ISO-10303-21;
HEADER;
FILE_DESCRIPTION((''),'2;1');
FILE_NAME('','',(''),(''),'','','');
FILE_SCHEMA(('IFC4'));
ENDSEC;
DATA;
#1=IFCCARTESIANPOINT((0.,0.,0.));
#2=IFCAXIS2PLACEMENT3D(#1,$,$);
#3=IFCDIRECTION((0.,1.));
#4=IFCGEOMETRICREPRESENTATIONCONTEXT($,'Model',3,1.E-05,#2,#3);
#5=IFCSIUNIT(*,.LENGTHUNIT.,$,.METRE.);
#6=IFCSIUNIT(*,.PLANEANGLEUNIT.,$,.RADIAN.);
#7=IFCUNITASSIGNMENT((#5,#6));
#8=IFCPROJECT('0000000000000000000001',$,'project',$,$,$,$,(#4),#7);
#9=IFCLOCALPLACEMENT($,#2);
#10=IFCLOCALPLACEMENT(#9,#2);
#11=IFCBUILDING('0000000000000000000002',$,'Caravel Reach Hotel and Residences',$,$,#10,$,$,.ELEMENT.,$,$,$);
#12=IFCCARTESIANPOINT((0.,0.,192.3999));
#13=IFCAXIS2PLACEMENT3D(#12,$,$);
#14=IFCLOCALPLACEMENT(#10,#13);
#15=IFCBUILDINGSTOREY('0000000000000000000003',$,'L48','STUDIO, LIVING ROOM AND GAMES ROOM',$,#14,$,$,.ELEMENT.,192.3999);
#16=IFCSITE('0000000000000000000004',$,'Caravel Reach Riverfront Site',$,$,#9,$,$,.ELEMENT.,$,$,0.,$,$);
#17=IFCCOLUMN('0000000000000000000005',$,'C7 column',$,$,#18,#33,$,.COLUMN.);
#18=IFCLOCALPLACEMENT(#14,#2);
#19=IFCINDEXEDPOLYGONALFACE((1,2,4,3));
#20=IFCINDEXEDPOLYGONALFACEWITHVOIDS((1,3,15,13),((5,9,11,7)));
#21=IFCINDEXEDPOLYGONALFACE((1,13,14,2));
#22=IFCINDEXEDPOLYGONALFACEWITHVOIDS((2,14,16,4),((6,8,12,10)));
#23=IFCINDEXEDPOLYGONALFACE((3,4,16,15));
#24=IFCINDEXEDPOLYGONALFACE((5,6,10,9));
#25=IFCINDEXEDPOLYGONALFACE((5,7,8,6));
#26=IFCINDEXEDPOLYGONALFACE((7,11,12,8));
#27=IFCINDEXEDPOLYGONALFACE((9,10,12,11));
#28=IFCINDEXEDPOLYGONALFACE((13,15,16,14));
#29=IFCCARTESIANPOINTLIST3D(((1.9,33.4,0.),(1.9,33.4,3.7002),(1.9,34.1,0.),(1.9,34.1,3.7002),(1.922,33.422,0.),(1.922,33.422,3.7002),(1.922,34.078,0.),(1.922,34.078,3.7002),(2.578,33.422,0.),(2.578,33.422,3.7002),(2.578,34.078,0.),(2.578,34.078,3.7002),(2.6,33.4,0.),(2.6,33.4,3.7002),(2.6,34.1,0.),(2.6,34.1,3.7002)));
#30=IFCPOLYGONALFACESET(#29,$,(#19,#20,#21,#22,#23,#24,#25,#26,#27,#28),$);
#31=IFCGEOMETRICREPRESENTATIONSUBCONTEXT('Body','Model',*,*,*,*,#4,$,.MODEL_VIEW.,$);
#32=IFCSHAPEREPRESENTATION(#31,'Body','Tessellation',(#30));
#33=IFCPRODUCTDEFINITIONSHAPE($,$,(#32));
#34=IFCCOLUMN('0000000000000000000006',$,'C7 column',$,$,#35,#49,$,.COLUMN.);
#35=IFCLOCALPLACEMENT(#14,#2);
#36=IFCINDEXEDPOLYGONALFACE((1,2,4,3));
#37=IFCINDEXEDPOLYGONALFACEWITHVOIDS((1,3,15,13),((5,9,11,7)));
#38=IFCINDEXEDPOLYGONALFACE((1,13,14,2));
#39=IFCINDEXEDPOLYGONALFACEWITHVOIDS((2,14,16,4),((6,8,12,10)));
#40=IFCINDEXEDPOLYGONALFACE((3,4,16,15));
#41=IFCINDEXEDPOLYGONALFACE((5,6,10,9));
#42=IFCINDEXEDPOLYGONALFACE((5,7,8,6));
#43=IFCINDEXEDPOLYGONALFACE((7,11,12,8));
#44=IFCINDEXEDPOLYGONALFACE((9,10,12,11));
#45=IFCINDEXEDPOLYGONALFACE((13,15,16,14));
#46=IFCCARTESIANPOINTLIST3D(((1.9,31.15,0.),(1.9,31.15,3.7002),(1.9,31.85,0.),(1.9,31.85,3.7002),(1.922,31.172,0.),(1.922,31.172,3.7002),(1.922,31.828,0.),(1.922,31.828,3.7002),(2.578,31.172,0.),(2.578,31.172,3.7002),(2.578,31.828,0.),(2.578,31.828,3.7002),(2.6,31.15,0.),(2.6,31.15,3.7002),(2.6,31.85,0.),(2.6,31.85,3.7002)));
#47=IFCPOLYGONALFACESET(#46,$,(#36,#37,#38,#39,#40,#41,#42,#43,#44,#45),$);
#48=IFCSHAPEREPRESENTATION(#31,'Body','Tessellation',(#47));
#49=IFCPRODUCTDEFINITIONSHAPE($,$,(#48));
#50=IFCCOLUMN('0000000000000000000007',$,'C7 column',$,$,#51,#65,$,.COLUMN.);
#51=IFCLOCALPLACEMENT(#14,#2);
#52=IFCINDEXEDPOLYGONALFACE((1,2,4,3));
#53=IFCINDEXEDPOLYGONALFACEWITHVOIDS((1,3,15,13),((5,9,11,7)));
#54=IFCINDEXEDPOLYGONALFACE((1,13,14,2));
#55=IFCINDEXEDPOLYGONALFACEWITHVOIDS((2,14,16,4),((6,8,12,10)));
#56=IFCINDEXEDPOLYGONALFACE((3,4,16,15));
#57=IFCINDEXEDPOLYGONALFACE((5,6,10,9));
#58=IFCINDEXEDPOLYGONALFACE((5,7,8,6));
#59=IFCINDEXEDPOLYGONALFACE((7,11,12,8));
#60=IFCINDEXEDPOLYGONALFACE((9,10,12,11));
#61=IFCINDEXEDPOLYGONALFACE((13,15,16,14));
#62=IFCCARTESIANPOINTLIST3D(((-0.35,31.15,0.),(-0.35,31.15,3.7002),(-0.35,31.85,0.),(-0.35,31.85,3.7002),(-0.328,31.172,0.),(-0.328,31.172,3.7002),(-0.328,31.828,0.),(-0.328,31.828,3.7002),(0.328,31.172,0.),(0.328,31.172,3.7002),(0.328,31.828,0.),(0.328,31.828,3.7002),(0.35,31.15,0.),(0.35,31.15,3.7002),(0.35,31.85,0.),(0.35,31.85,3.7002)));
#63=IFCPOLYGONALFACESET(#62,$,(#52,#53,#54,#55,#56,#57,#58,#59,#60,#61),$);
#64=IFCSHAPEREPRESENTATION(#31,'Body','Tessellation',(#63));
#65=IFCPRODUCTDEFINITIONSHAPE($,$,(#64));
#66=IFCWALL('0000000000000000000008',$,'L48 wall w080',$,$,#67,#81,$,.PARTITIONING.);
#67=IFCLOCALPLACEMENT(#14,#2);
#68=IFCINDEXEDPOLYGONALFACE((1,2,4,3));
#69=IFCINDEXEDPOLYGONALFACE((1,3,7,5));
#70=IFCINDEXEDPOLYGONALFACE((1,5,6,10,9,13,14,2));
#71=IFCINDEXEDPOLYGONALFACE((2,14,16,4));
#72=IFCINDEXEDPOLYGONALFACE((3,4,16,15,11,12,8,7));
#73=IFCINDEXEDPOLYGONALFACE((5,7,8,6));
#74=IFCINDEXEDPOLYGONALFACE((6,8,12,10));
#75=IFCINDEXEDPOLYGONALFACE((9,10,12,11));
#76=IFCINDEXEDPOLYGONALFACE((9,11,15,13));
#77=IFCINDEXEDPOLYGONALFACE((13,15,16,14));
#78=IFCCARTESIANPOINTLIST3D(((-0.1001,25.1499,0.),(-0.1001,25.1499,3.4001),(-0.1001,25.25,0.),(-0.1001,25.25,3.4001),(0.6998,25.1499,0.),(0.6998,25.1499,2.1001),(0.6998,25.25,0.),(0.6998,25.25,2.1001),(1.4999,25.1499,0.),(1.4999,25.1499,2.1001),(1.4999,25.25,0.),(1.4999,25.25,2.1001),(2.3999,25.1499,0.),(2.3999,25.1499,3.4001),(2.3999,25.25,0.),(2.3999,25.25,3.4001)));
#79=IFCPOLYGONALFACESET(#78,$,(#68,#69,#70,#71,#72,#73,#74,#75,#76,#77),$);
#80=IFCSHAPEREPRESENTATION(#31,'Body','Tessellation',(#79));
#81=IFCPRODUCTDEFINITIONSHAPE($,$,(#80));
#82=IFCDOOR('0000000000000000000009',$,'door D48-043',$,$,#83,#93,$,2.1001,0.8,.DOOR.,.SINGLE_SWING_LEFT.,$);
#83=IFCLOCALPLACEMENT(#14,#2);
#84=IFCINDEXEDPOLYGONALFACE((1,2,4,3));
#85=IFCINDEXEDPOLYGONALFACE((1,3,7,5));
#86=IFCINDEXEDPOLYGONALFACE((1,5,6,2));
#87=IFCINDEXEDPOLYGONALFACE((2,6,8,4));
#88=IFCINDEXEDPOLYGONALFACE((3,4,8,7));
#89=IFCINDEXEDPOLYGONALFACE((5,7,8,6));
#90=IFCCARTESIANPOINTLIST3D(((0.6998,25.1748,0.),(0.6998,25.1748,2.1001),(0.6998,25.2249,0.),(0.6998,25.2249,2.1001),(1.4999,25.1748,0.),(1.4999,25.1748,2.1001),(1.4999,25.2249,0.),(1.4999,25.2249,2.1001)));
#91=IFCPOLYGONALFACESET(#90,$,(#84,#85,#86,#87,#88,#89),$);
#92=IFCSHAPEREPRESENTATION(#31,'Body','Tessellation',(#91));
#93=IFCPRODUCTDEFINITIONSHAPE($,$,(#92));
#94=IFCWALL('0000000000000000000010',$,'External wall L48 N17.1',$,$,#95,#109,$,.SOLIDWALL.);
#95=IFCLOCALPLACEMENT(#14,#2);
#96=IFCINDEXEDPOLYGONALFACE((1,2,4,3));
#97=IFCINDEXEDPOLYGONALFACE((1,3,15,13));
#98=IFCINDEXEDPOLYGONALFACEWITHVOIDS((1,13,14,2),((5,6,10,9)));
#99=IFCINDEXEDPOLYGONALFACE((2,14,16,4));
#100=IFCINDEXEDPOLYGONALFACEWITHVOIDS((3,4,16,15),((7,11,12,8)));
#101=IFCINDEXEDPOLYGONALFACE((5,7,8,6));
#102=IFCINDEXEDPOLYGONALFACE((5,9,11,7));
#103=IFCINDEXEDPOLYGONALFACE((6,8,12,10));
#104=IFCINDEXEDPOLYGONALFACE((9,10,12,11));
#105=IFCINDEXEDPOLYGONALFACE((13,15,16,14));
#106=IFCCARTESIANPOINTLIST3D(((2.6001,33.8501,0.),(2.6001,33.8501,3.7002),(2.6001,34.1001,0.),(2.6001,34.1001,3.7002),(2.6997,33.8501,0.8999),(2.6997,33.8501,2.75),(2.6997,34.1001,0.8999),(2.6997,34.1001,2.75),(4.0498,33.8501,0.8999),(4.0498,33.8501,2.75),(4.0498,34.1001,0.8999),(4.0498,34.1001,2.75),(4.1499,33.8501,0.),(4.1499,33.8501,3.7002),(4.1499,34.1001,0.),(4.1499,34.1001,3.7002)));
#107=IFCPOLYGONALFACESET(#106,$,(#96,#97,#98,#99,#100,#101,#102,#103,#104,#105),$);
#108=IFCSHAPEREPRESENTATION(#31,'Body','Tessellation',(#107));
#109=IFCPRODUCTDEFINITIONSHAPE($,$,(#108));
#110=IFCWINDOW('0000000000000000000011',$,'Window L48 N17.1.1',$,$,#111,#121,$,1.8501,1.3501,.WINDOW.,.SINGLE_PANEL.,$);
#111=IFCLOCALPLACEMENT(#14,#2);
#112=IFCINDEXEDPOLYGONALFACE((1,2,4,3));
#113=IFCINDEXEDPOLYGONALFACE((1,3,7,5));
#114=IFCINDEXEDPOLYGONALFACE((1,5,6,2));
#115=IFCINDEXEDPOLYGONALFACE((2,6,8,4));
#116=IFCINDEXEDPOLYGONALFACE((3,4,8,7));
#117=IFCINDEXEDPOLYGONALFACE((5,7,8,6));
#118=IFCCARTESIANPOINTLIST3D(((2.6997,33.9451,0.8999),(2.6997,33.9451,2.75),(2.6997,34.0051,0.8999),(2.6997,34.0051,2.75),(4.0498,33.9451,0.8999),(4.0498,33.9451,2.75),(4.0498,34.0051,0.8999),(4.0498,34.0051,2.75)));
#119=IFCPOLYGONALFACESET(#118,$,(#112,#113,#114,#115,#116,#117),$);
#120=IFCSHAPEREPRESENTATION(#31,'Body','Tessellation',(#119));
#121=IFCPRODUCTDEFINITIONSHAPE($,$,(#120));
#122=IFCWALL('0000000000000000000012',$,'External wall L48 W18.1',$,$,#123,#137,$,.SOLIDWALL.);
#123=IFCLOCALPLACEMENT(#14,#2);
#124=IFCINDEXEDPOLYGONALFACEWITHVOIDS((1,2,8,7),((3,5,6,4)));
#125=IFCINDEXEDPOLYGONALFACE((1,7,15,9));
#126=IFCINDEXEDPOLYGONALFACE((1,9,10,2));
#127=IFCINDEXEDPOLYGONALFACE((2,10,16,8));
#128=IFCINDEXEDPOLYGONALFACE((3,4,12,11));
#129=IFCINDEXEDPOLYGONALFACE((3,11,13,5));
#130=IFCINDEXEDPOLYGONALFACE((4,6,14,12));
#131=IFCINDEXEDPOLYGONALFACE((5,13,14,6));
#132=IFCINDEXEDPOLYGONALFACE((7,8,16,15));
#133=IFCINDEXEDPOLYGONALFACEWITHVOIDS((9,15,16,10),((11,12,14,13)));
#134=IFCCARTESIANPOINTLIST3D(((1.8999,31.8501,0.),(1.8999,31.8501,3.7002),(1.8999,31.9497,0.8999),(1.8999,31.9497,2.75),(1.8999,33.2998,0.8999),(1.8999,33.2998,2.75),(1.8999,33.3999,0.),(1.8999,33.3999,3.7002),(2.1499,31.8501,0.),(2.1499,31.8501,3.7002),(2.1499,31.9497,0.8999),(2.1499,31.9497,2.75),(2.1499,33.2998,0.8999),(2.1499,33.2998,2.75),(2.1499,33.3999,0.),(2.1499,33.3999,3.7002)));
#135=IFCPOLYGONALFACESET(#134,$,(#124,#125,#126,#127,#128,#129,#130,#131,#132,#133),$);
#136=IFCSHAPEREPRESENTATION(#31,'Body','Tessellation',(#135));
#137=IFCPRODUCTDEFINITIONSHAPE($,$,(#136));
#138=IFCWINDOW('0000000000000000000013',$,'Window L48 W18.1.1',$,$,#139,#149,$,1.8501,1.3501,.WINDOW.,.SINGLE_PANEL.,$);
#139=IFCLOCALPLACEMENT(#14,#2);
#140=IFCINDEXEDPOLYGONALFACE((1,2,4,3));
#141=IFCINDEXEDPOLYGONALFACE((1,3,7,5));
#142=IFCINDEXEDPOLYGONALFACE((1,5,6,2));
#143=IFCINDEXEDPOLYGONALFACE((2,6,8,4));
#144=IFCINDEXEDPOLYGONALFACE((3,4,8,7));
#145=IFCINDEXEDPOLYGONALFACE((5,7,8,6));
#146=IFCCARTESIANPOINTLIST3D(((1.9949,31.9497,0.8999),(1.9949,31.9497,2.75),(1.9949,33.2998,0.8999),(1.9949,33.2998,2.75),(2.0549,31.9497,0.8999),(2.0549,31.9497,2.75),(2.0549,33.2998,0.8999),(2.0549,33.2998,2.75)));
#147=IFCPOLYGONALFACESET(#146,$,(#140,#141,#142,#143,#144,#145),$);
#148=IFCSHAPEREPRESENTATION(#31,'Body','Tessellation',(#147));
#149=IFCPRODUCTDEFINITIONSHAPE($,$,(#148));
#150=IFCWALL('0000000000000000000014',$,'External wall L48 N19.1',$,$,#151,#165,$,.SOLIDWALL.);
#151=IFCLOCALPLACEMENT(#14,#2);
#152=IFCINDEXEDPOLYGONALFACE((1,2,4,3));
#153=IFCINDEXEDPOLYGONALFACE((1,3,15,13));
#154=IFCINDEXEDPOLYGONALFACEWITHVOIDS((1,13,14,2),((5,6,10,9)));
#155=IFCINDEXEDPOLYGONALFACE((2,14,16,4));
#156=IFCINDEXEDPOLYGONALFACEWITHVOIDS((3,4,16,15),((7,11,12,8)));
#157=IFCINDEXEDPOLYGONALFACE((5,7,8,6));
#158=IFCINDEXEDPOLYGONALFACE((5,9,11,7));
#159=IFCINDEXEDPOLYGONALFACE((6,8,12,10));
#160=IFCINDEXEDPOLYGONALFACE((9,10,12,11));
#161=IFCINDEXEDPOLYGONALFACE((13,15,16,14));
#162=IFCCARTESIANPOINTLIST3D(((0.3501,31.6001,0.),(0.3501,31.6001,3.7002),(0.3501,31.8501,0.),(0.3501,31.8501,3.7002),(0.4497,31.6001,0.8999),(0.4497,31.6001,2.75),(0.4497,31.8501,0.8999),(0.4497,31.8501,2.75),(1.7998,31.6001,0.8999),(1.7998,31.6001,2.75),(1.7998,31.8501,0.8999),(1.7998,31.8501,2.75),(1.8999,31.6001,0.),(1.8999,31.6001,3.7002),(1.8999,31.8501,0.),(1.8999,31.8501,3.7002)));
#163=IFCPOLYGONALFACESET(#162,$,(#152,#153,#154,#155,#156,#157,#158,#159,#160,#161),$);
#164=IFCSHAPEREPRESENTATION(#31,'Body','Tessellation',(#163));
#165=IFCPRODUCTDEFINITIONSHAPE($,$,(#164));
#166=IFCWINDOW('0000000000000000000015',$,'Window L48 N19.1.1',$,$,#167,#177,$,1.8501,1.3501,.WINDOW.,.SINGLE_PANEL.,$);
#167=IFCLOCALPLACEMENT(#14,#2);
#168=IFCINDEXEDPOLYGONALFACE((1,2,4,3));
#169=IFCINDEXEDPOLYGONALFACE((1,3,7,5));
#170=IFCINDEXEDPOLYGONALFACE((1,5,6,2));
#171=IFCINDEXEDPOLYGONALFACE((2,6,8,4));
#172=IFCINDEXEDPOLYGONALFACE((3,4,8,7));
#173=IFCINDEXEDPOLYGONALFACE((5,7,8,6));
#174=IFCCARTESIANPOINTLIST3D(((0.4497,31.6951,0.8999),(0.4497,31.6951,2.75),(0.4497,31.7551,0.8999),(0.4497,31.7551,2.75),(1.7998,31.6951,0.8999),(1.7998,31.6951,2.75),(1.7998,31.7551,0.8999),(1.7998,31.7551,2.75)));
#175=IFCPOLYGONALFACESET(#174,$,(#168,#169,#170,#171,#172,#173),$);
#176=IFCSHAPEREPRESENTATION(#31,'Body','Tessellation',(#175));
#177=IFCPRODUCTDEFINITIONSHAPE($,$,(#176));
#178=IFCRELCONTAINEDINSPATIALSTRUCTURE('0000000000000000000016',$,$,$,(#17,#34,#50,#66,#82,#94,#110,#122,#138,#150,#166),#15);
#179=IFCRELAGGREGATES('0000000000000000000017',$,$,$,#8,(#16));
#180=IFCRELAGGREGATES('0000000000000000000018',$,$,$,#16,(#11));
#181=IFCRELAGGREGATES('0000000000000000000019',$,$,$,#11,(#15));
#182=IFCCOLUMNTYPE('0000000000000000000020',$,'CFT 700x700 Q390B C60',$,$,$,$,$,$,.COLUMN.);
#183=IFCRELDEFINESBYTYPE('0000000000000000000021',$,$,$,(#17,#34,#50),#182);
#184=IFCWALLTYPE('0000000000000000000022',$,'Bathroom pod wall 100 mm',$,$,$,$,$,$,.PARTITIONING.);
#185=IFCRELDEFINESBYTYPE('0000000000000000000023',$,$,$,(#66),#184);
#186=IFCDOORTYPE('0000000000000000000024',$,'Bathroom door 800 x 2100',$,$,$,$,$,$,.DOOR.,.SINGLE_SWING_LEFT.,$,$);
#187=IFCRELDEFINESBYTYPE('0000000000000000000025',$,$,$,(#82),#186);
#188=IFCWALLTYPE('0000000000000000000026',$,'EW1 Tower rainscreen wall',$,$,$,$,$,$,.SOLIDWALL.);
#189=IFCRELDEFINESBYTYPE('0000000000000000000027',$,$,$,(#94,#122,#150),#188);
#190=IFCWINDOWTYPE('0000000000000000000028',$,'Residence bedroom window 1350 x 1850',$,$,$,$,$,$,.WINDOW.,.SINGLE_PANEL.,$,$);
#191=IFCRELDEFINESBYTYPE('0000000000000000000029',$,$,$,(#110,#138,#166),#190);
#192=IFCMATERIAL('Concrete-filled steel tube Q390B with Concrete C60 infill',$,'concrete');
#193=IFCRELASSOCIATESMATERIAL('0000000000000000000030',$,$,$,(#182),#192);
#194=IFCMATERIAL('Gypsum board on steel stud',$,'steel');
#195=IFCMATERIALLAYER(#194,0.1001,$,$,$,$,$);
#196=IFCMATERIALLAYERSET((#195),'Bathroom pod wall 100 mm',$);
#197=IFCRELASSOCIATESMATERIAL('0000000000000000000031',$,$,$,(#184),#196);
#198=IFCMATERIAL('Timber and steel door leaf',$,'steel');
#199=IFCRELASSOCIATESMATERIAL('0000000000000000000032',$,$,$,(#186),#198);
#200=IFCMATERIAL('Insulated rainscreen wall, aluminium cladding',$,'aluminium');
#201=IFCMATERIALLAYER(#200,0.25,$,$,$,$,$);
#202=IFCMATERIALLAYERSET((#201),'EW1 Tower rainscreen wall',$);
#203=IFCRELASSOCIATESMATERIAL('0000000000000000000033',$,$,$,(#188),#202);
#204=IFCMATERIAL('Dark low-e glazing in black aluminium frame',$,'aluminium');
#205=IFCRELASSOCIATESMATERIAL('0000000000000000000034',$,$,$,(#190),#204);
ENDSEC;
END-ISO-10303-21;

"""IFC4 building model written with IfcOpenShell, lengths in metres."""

from ifc_helpers import new_model, si_unit, direction, frame, frame_2d, origin, origin_2d, place, context, subcontext, project, spatial, rectangle, hollow_rectangle, extrude, material, layer, layer_set, material_profile, profile_set, type_object, element, fill, save


model = new_model("IFC4")

# Units and contexts
model_context = context("Model", 3, precision=1e-05, world=origin(), true_north=direction((0.0, 1.0)))
body_context = subcontext(model_context, "Body", "Model", "MODEL_VIEW")
ifc_project = project(units=[si_unit("LENGTHUNIT", "METRE"), si_unit("PLANEANGLEUNIT", "RADIAN")], contexts=[model_context])

# Site, building, storey
site_placement = place(None, origin())
site = spatial("IfcSite", under=ifc_project, at=site_placement, Name="Caravel Reach Riverfront Site", CompositionType="ELEMENT", RefElevation=0.0)
building_placement = place(site_placement, origin())
building = spatial("IfcBuilding", under=site, at=building_placement, Name="Caravel Reach Hotel and Residences", CompositionType="ELEMENT")
storey_placement = place(building_placement, frame((0.0, 0.0, 192.3999)))
storey = spatial("IfcBuildingStorey", under=building, at=storey_placement, Name="L48", Description="STUDIO, LIVING ROOM AND GAMES ROOM", CompositionType="ELEMENT", Elevation=192.3999)

# Columns
ifc_material_1 = material(Name="Concrete-filled steel tube Q390B with Concrete C60 infill", Category="concrete")
ifc_material_profile = material_profile(ifc_material_1, hollow_rectangle(XDim=0.7, YDim=0.7, WallThickness=0.022, at=origin_2d()), Name="RHS 700x700x22")
ifc_profile_set = profile_set([ifc_material_profile], Name="Concrete-filled steel tube Q390B with Concrete C60 infill")
column_type = type_object("IfcColumnType", Name="CFT 700x700 Q390B C60", PredefinedType="COLUMN", material=ifc_profile_set)
for number, where, z_axis, x_axis, name in (
    (1, (2.25, 33.75, 0.0), (0.0, 0.0, 1.0), (1.0, 0.0, 0.0), "C7 column"),
    (2, (2.25, 31.5, 0.0), (0.0, 0.0, 1.0), (1.0, 0.0, 0.0), "C7 column"),
    (3, (0.0, 31.5, 0.0), (0.0, 0.0, 1.0), (1.0, 0.0, 0.0), "C7 column"),
):
    element("IfcColumn", number, at=place(storey_placement, frame(where, z_axis=z_axis, x_axis=x_axis)), inside=storey, type_object=column_type, Name=name, PredefinedType="COLUMN", context=body_context, shape_type="SweptSolid", body=[
        extrude(hollow_rectangle(XDim=0.7, YDim=0.7, WallThickness=0.022, at=origin_2d()), origin(), (0.0, 0.0, 1.0), 3.7002),
    ])

# Wall, opening, door
ifc_material_2 = material(Name="Gypsum board on steel stud", Category="steel")
ifc_layer_1 = layer(ifc_material_2, 0.1001)
ifc_layer_set_1 = layer_set([ifc_layer_1], Name="Bathroom pod wall 100 mm")
wall_type_1 = type_object("IfcWallType", Name="Bathroom pod wall 100 mm", PredefinedType="PARTITIONING", material=ifc_layer_set_1)
wall_1_placement = place(storey_placement, frame((-0.1001, 25.2, 0.0), z_axis=(0.0, 0.0, 1.0), x_axis=(1.0, 0.0, 0.0)))
wall_1 = element("IfcWall", 4, at=wall_1_placement, inside=storey, type_object=wall_type_1, Name="L48 wall w080", PredefinedType="PARTITIONING", context=body_context, shape_type="SweptSolid", body=[
    extrude(rectangle(XDim=2.5, YDim=0.1001, at=frame_2d((1.25, 0.0))), origin(), (0.0, 0.0, 1.0), 3.4001),
])
opening_1_placement = place(wall_1_placement, frame((0.8, 0.0, 0.0)))
opening_1 = element("IfcOpeningElement", 5, at=opening_1_placement, cuts=wall_1, PredefinedType="OPENING", context=body_context, shape_type="SweptSolid", body=[
    extrude(rectangle(XDim=0.8, YDim=2.1001, at=frame_2d((0.3999, 1.05))), frame((0.0, 0.0601, 0.0), z_axis=(0.0, -1.0, 0.0), x_axis=(1.0, 0.0, 0.0)), (0.0, 0.0, 1.0), 0.1201),
])
ifc_material_3 = material(Name="Timber and steel door leaf", Category="steel")
door_type_1 = type_object("IfcDoorType", Name="Bathroom door 800 x 2100", OperationType="SINGLE_SWING_LEFT", PredefinedType="DOOR", material=ifc_material_3)
door_1_placement = place(opening_1_placement, origin())
door_1 = element("IfcDoor", 6, at=door_1_placement, inside=storey, type_object=door_type_1, Name="door D48-043", OperationType="SINGLE_SWING_LEFT", OverallHeight=2.1001, OverallWidth=0.8, PredefinedType="DOOR", context=body_context, shape_type="SweptSolid", body=[
    extrude(rectangle(XDim=0.8, YDim=2.1001, at=frame_2d((0.3999, 1.05))), frame((0.0, 0.0249, 0.0), z_axis=(0.0, -1.0, 0.0), x_axis=(1.0, 0.0, 0.0)), (0.0, 0.0, 1.0), 0.05),
])
fill(opening_1, door_1)

# Walls, openings, windows
ifc_material_4 = material(Name="Insulated rainscreen wall, aluminium cladding", Category="aluminium")
ifc_layer_2 = layer(ifc_material_4, 0.25)
ifc_layer_set_2 = layer_set([ifc_layer_2], Name="EW1 Tower rainscreen wall")
wall_type_2 = type_object("IfcWallType", Name="EW1 Tower rainscreen wall", PredefinedType="SOLIDWALL", material=ifc_layer_set_2)
wall_2_placement = place(storey_placement, frame((4.1499, 33.9751, 0.0), z_axis=(0.0, 0.0, 1.0), x_axis=(-1.0, 0.0, 0.0)))
wall_2 = element("IfcWall", 7, at=wall_2_placement, inside=storey, type_object=wall_type_2, Name="External wall L48 N17.1", PredefinedType="SOLIDWALL", context=body_context, shape_type="SweptSolid", body=[
    extrude(rectangle(XDim=1.5498, YDim=0.25, at=frame_2d((0.7749, 0.0))), origin(), (0.0, 0.0, 1.0), 3.7002),
])
opening_2_placement = place(wall_2_placement, frame((0.1001, 0.0, 0.8999)))
opening_2 = element("IfcOpeningElement", 8, at=opening_2_placement, cuts=wall_2, PredefinedType="OPENING", context=body_context, shape_type="SweptSolid", body=[
    extrude(rectangle(XDim=1.3501, YDim=1.8501, at=frame_2d((0.675, 0.925))), frame((0.0, 0.135, 0.0), z_axis=(0.0, -1.0, 0.0), x_axis=(1.0, 0.0, 0.0)), (0.0, 0.0, 1.0), 0.27),
])
ifc_material_5 = material(Name="Dark low-e glazing in black aluminium frame", Category="aluminium")
window_type_1 = type_object("IfcWindowType", Name="Residence bedroom window 1350 x 1850", PartitioningType="SINGLE_PANEL", PredefinedType="WINDOW", material=ifc_material_5)
window_1_placement = place(opening_2_placement, origin())
window_1 = element("IfcWindow", 9, at=window_1_placement, inside=storey, type_object=window_type_1, Name="Window L48 N17.1.1", OverallHeight=1.8501, OverallWidth=1.3501, PartitioningType="SINGLE_PANEL", PredefinedType="WINDOW", context=body_context, shape_type="SweptSolid", body=[
    extrude(rectangle(XDim=1.3501, YDim=1.8501, at=frame_2d((0.675, 0.925))), frame((0.0, 0.03, 0.0), z_axis=(0.0, -1.0, 0.0), x_axis=(1.0, 0.0, 0.0)), (0.0, 0.0, 1.0), 0.0601),
])
fill(opening_2, window_1)
wall_3_placement = place(storey_placement, frame((2.0249, 33.3999, 0.0), z_axis=(0.0, 0.0, 1.0), x_axis=(0.0, -1.0, 0.0)))
wall_3 = element("IfcWall", 10, at=wall_3_placement, inside=storey, type_object=wall_type_2, Name="External wall L48 W18.1", PredefinedType="SOLIDWALL", context=body_context, shape_type="SweptSolid", body=[
    extrude(rectangle(XDim=1.5498, YDim=0.25, at=frame_2d((0.7749, 0.0))), origin(), (0.0, 0.0, 1.0), 3.7002),
])
opening_3_placement = place(wall_3_placement, frame((0.1001, 0.0, 0.8999)))
opening_3 = element("IfcOpeningElement", 11, at=opening_3_placement, cuts=wall_3, PredefinedType="OPENING", context=body_context, shape_type="SweptSolid", body=[
    extrude(rectangle(XDim=1.3501, YDim=1.8501, at=frame_2d((0.675, 0.925))), frame((0.0, 0.135, 0.0), z_axis=(0.0, -1.0, 0.0), x_axis=(1.0, 0.0, 0.0)), (0.0, 0.0, 1.0), 0.27),
])
window_2_placement = place(opening_3_placement, origin())
window_2 = element("IfcWindow", 12, at=window_2_placement, inside=storey, type_object=window_type_1, Name="Window L48 W18.1.1", OverallHeight=1.8501, OverallWidth=1.3501, PartitioningType="SINGLE_PANEL", PredefinedType="WINDOW", context=body_context, shape_type="SweptSolid", body=[
    extrude(rectangle(XDim=1.3501, YDim=1.8501, at=frame_2d((0.675, 0.925))), frame((0.0, 0.03, 0.0), z_axis=(0.0, -1.0, 0.0), x_axis=(1.0, 0.0, 0.0)), (0.0, 0.0, 1.0), 0.0601),
])
fill(opening_3, window_2)
wall_4_placement = place(storey_placement, frame((1.8999, 31.7251, 0.0), z_axis=(0.0, 0.0, 1.0), x_axis=(-1.0, 0.0, 0.0)))
wall_4 = element("IfcWall", 13, at=wall_4_placement, inside=storey, type_object=wall_type_2, Name="External wall L48 N19.1", PredefinedType="SOLIDWALL", context=body_context, shape_type="SweptSolid", body=[
    extrude(rectangle(XDim=1.5498, YDim=0.25, at=frame_2d((0.7749, 0.0))), origin(), (0.0, 0.0, 1.0), 3.7002),
])
opening_4_placement = place(wall_4_placement, frame((0.1001, 0.0, 0.8999)))
opening_4 = element("IfcOpeningElement", 14, at=opening_4_placement, cuts=wall_4, PredefinedType="OPENING", context=body_context, shape_type="SweptSolid", body=[
    extrude(rectangle(XDim=1.3501, YDim=1.8501, at=frame_2d((0.675, 0.925))), frame((0.0, 0.135, 0.0), z_axis=(0.0, -1.0, 0.0), x_axis=(1.0, 0.0, 0.0)), (0.0, 0.0, 1.0), 0.27),
])
window_3_placement = place(opening_4_placement, origin())
window_3 = element("IfcWindow", 15, at=window_3_placement, inside=storey, type_object=window_type_1, Name="Window L48 N19.1.1", OverallHeight=1.8501, OverallWidth=1.3501, PartitioningType="SINGLE_PANEL", PredefinedType="WINDOW", context=body_context, shape_type="SweptSolid", body=[
    extrude(rectangle(XDim=1.3501, YDim=1.8501, at=frame_2d((0.675, 0.925))), frame((0.0, 0.03, 0.0), z_axis=(0.0, -1.0, 0.0), x_axis=(1.0, 0.0, 0.0)), (0.0, 0.0, 1.0), 0.0601),
])
fill(opening_4, window_3)

save(model, "model.ifc")
